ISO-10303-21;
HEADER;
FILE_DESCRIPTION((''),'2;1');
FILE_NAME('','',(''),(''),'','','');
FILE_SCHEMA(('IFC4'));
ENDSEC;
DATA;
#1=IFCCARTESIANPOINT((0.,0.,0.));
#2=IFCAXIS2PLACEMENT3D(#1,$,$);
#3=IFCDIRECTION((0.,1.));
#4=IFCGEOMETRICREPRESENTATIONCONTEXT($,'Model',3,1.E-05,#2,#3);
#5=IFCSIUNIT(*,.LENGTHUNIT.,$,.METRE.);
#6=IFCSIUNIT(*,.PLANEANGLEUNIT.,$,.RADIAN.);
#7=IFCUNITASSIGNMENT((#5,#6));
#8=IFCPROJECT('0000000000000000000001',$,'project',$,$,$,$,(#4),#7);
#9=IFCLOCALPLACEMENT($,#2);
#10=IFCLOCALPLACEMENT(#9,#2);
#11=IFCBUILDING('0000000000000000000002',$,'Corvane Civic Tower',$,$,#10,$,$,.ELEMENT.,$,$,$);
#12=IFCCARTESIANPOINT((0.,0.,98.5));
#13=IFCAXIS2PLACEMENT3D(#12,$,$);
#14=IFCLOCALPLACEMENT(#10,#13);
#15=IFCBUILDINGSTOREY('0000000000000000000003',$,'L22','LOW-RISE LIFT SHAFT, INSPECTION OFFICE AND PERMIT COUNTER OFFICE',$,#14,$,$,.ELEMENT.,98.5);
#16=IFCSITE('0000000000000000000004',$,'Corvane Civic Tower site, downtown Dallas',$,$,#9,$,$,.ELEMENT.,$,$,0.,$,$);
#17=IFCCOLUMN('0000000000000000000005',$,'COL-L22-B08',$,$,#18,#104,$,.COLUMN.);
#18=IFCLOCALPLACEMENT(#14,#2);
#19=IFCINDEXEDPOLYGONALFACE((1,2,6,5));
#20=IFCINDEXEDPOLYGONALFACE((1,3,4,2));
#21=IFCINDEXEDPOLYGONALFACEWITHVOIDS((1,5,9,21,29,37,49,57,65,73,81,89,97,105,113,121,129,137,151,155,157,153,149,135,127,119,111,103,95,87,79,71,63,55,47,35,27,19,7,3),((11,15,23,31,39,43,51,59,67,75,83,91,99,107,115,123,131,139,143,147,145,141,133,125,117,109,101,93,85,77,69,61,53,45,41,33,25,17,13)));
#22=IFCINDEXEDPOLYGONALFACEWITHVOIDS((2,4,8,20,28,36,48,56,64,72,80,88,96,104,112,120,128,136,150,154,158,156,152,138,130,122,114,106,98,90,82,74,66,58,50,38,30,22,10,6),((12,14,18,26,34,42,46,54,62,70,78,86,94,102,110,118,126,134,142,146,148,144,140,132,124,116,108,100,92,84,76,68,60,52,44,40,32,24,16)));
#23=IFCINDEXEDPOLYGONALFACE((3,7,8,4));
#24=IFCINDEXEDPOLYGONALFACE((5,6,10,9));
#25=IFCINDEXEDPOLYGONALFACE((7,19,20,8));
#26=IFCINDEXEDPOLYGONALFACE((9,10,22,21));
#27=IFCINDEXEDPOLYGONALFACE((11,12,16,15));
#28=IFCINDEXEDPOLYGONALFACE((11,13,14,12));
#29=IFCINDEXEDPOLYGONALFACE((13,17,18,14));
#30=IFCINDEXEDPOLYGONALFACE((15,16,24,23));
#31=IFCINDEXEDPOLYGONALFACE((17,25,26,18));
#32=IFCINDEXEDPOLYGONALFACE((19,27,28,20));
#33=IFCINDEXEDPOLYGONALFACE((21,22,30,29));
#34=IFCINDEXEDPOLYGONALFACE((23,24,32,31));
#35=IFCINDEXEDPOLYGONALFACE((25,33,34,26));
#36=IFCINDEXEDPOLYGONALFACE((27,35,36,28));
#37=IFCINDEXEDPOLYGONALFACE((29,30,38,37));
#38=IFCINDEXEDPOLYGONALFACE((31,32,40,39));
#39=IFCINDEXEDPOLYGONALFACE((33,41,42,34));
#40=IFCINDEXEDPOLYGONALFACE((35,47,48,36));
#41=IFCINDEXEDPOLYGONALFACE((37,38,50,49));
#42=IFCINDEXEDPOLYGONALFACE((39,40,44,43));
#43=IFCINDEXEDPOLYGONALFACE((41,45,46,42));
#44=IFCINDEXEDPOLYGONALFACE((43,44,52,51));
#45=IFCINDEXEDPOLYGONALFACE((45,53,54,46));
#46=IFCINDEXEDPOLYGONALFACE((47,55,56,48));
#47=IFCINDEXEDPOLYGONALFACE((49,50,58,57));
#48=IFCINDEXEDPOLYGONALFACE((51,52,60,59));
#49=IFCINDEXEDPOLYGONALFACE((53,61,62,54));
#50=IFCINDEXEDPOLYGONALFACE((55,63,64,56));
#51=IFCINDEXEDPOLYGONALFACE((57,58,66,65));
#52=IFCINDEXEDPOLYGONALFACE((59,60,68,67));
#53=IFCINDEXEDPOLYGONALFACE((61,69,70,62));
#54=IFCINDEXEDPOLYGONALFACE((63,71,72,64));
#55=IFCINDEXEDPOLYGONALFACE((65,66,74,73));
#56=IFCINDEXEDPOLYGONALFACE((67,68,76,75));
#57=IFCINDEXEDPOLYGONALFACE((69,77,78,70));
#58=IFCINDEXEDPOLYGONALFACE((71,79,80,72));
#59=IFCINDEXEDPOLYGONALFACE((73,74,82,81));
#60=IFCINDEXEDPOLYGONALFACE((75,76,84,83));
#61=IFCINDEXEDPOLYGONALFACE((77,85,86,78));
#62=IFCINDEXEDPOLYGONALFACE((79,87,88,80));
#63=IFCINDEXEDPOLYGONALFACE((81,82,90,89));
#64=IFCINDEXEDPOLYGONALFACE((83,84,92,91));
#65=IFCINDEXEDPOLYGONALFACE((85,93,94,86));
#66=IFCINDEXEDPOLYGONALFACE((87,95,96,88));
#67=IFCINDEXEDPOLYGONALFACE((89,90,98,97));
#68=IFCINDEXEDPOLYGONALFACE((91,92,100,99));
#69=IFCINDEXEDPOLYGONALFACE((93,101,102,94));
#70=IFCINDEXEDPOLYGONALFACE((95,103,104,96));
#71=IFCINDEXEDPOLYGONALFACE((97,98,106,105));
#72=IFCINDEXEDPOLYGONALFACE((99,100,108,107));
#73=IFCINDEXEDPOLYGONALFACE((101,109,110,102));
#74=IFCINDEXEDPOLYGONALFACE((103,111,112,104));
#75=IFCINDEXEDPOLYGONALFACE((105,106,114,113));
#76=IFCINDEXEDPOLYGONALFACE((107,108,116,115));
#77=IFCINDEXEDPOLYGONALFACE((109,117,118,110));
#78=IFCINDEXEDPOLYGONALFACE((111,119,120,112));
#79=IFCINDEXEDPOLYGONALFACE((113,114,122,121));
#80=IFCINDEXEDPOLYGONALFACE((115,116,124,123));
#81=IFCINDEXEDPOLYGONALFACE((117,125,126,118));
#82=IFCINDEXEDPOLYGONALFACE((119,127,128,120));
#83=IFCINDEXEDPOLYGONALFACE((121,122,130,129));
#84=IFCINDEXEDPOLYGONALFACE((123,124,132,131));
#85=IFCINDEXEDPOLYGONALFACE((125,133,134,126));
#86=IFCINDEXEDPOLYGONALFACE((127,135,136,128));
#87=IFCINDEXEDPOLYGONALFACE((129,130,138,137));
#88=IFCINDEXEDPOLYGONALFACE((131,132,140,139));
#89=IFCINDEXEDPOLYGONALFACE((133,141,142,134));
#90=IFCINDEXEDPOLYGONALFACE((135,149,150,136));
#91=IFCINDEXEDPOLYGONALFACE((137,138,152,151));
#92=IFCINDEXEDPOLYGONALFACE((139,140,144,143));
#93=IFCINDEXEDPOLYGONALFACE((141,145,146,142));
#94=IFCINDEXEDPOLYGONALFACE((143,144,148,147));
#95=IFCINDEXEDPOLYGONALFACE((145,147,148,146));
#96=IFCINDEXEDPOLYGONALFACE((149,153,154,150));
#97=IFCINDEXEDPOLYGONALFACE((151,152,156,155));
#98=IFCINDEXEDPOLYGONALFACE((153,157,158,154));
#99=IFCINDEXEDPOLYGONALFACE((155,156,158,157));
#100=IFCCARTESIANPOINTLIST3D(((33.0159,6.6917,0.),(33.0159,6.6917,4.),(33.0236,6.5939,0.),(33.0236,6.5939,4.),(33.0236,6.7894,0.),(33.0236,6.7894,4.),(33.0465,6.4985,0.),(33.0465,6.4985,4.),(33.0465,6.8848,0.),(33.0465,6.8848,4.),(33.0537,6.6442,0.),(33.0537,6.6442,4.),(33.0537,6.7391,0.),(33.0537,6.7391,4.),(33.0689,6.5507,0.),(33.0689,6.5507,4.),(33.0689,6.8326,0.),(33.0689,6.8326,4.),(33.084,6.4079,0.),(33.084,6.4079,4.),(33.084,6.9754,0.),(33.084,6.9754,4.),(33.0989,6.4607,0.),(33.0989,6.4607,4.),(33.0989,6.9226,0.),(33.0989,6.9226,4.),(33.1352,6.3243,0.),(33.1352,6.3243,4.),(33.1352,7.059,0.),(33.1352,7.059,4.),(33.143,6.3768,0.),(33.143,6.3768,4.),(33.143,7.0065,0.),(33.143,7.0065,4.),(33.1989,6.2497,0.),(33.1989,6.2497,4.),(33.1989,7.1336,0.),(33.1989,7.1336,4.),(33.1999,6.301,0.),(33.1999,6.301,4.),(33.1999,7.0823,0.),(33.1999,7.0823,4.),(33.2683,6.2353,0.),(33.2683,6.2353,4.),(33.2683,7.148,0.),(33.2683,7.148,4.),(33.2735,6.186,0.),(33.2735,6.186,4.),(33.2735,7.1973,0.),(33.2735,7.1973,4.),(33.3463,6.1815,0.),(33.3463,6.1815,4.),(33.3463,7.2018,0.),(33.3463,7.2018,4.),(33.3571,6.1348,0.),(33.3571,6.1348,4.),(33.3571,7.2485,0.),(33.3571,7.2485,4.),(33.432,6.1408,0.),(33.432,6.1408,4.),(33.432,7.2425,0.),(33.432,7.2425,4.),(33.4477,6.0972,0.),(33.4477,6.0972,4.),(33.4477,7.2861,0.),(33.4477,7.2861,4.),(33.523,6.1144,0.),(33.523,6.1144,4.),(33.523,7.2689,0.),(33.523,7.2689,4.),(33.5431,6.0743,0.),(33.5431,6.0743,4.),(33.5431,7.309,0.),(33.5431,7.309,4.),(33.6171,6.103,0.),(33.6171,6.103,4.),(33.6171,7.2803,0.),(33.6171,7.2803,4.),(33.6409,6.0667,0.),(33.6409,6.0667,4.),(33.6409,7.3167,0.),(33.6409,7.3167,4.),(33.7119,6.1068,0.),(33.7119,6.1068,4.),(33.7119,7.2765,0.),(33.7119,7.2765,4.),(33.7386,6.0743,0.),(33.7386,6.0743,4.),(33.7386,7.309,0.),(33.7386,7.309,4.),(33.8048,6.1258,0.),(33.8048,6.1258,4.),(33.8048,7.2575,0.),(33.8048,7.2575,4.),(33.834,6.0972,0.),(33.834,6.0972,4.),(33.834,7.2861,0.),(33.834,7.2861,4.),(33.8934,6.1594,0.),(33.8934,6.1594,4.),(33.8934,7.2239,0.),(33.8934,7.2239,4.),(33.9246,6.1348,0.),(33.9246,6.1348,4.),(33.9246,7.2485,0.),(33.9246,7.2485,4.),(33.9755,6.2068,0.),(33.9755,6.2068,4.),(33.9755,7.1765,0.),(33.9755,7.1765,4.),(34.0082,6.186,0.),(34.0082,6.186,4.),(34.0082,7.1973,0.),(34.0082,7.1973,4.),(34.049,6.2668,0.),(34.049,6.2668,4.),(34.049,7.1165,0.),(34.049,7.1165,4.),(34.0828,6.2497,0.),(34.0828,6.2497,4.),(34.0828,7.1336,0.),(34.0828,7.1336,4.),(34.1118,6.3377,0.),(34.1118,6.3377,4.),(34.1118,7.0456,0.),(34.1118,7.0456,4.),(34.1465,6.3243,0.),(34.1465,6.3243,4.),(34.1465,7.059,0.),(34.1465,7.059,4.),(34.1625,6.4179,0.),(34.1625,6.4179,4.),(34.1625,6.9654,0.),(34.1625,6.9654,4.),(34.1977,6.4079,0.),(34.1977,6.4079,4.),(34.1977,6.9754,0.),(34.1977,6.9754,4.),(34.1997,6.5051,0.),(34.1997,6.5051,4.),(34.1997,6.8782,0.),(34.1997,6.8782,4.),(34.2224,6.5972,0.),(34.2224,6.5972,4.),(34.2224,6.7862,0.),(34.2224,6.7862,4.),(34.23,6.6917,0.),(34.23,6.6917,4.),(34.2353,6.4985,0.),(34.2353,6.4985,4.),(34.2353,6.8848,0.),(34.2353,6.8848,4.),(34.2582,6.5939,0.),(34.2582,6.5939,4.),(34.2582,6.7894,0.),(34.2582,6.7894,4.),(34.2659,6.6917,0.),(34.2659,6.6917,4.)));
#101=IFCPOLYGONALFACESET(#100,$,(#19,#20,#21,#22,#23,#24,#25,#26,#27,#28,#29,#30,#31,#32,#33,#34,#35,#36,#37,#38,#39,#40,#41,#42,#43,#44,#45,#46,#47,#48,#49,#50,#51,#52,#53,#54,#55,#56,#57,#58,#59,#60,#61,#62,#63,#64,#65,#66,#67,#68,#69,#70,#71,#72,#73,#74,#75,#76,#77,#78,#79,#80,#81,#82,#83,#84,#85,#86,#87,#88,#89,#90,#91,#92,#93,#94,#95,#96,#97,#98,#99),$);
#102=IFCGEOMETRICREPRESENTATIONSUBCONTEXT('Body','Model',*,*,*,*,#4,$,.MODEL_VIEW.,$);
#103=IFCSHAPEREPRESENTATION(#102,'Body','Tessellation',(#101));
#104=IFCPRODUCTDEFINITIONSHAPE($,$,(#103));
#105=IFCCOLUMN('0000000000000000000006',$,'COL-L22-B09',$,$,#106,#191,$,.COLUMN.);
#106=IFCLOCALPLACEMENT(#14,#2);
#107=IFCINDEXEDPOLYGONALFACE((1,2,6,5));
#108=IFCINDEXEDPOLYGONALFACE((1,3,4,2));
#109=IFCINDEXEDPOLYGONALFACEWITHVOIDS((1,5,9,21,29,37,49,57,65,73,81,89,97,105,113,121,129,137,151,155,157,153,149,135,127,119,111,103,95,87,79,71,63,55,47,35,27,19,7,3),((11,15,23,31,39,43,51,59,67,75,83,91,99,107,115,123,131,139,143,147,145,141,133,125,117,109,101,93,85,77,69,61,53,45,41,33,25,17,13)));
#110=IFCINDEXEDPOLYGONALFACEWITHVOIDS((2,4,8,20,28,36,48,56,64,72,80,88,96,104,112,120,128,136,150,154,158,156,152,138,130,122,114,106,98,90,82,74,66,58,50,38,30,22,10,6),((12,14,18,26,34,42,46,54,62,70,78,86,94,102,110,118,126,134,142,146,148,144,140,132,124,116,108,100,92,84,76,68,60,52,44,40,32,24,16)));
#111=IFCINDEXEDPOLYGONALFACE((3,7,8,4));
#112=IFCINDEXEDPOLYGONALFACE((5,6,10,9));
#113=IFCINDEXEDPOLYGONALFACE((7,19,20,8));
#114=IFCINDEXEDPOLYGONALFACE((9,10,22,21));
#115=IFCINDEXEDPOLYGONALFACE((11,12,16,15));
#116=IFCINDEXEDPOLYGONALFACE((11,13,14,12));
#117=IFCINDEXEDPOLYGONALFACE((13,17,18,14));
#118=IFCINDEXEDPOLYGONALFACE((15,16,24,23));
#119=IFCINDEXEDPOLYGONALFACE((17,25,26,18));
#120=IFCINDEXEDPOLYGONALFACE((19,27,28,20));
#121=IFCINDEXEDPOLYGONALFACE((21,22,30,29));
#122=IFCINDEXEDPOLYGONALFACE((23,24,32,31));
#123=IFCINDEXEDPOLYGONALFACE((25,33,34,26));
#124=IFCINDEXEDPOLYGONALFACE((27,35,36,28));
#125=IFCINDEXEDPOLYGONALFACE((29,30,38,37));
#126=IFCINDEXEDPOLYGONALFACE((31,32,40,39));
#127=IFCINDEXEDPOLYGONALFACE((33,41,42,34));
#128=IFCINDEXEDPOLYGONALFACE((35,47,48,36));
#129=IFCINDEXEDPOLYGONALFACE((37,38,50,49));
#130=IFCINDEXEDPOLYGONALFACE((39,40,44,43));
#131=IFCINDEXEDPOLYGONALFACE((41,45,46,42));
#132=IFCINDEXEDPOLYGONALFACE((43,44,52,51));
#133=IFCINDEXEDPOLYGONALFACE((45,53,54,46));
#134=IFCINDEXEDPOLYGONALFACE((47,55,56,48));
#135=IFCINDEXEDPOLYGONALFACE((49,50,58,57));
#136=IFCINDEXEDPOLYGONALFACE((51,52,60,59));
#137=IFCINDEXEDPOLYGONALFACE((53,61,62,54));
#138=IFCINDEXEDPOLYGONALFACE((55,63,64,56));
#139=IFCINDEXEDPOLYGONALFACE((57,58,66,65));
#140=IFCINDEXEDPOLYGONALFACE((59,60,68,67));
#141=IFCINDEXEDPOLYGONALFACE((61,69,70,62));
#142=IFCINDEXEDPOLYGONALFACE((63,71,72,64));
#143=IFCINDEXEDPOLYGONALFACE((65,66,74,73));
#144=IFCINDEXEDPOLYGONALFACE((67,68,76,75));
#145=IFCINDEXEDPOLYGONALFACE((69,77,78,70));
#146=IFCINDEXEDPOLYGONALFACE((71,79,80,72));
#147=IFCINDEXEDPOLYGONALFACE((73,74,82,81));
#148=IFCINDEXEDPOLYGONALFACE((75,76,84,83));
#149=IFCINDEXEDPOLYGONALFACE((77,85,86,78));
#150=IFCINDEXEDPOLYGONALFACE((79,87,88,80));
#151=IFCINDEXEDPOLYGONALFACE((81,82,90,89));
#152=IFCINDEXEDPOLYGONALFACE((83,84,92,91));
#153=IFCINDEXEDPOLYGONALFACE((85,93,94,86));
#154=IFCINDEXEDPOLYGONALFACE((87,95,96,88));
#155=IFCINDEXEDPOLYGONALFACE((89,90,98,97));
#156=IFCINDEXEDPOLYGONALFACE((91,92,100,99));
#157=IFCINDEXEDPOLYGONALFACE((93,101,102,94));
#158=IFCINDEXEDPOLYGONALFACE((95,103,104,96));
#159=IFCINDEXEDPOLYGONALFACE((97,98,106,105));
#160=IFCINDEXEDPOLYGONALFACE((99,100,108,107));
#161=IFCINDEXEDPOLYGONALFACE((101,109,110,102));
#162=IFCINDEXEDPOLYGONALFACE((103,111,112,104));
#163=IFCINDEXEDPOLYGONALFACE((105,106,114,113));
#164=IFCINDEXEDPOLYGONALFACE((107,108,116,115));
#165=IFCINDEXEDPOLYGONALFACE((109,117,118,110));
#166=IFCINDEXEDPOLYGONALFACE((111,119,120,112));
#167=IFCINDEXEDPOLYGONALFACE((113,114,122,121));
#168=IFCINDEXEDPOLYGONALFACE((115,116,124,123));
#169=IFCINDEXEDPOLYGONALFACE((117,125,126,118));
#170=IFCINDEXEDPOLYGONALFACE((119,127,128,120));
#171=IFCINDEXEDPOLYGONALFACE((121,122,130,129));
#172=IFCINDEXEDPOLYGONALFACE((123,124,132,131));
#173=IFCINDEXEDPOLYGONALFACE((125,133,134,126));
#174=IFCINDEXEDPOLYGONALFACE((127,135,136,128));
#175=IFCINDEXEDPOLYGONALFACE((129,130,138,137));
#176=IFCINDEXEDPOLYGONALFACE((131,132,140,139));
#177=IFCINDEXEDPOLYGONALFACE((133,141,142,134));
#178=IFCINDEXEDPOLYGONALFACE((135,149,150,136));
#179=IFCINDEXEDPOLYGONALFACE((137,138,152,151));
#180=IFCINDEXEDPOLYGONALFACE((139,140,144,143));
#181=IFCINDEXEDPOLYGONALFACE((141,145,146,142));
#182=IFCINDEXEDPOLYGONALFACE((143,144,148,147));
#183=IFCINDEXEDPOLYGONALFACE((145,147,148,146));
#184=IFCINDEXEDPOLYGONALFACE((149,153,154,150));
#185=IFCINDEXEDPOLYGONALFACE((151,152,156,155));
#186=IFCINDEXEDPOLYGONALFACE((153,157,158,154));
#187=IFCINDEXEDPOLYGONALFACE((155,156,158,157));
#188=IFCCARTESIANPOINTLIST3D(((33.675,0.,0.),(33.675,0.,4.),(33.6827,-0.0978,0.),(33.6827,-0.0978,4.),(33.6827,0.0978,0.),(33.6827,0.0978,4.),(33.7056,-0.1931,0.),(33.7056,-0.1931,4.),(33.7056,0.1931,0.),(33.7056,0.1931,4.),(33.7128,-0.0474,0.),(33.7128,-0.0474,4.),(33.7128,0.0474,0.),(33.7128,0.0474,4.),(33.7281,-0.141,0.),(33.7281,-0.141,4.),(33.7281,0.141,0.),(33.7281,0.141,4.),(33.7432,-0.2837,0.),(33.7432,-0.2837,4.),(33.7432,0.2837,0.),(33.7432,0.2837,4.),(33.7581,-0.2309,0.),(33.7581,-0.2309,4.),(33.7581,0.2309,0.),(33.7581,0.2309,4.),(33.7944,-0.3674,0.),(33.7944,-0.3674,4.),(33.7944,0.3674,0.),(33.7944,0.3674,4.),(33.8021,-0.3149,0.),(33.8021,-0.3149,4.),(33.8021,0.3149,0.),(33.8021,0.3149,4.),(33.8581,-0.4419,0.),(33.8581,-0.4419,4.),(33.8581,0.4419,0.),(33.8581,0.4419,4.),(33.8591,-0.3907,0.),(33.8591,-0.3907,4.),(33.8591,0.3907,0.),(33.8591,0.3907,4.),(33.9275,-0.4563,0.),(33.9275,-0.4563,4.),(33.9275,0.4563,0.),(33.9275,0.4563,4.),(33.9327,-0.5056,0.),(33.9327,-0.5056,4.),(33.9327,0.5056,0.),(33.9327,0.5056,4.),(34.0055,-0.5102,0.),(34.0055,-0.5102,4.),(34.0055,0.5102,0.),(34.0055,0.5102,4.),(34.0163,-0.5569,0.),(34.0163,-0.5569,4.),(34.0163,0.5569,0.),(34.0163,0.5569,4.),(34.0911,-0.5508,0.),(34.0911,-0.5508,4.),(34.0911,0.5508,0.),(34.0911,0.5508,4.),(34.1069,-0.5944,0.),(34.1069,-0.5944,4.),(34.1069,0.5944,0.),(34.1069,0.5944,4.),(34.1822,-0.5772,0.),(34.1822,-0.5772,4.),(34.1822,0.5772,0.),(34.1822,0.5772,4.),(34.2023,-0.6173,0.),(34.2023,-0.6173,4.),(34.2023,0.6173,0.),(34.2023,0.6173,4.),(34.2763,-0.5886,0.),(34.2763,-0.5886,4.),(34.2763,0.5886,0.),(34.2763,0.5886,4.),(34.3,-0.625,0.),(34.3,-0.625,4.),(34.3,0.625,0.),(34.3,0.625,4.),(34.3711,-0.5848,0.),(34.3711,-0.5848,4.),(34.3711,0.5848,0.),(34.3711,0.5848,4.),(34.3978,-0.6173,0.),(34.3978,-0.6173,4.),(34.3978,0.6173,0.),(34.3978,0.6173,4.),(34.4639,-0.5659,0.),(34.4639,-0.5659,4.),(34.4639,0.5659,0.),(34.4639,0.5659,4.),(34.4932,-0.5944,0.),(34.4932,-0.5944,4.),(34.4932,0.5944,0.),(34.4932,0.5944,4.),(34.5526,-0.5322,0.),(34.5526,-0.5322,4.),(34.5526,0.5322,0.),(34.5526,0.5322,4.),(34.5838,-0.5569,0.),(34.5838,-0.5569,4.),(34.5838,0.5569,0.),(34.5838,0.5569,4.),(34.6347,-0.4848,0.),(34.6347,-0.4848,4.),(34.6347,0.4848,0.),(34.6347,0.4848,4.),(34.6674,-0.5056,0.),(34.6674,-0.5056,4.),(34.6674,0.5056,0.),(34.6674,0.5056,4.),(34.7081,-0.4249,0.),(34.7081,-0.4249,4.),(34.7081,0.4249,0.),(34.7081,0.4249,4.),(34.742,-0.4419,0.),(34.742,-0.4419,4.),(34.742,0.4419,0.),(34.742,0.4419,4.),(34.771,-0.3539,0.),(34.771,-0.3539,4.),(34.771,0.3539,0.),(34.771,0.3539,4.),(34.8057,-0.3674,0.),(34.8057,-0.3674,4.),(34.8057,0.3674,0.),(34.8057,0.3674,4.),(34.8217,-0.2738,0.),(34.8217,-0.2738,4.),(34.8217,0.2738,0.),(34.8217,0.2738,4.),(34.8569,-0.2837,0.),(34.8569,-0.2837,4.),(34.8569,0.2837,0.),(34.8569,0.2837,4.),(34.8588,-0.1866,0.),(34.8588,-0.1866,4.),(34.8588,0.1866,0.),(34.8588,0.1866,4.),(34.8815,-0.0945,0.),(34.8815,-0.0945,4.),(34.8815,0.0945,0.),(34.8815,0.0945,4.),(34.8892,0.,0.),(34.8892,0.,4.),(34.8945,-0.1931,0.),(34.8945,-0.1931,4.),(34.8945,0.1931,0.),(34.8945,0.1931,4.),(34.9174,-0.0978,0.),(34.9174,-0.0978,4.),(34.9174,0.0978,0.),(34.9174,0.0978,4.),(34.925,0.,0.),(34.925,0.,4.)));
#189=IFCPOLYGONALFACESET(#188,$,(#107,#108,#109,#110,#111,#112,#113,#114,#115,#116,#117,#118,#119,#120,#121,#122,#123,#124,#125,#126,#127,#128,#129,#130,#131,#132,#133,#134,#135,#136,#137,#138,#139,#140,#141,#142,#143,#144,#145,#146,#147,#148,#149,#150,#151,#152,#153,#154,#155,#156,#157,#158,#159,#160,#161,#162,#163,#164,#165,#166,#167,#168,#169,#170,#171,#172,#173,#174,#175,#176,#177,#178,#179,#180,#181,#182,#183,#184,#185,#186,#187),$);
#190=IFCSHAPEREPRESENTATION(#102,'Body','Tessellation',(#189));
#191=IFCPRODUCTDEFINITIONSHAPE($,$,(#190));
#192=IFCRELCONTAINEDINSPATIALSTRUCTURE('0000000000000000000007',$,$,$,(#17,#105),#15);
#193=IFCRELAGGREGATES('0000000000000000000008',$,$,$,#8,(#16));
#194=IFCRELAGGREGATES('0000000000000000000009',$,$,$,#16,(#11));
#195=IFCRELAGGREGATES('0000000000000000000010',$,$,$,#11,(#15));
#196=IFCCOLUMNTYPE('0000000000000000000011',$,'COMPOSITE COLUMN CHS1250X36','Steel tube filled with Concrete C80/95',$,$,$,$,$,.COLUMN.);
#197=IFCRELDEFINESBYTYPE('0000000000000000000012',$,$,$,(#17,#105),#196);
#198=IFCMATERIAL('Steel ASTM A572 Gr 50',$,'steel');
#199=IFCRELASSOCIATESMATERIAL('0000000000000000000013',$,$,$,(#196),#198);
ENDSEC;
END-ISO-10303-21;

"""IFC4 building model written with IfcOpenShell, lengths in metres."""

from ifc_helpers import new_model, si_unit, direction, frame, origin, origin_2d, place, context, subcontext, project, spatial, hollow_circle, extrude, material, material_profile, profile_set, type_object, element, save


model = new_model("IFC4")

# Units and contexts
model_context = context("Model", 3, precision=1e-05, world=origin(), true_north=direction((0.0, 1.0)))
body_context = subcontext(model_context, "Body", "Model", "MODEL_VIEW")
ifc_project = project(units=[si_unit("LENGTHUNIT", "METRE"), si_unit("PLANEANGLEUNIT", "RADIAN")], contexts=[model_context])

# Site, building, storey
site_placement = place(None, origin())
site = spatial("IfcSite", under=ifc_project, at=site_placement, Name="Corvane Civic Tower site, downtown Dallas", CompositionType="ELEMENT", RefElevation=0.0)
building_placement = place(site_placement, origin())
building = spatial("IfcBuilding", under=site, at=building_placement, Name="Corvane Civic Tower", CompositionType="ELEMENT")
storey_placement = place(building_placement, frame((0.0, 0.0, 98.5)))
storey = spatial("IfcBuildingStorey", under=building, at=storey_placement, Name="L22", Description="LOW-RISE LIFT SHAFT, INSPECTION OFFICE AND PERMIT COUNTER OFFICE", CompositionType="ELEMENT", Elevation=98.5)

# Columns
ifc_material_1 = material(Name="Steel ASTM A572 Gr 50", Category="steel")
ifc_material_profile_1 = material_profile(ifc_material_1, hollow_circle(Radius=0.625, WallThickness=0.0359, at=origin_2d()), Name="CHS1250X36")
ifc_profile_set_1 = profile_set([ifc_material_profile_1], Name="Steel ASTM A572 Gr 50")
column_type = type_object("IfcColumnType", Name="COMPOSITE COLUMN CHS1250X36", Description="Steel tube filled with Concrete C80/95", PredefinedType="COLUMN", material=ifc_profile_set_1)
for number, where, z_axis, x_axis, name in (
    (1, (33.6409, 6.6917, 0.0), (0.0, 0.0, 1.0), (1.0, 0.0, 0.0), "COL-L22-B08"),
    (2, (34.3, 0.0, 0.0), (0.0, 0.0, 1.0), (1.0, 0.0, 0.0), "COL-L22-B09"),
):
    element("IfcColumn", number, at=place(storey_placement, frame(where, z_axis=z_axis, x_axis=x_axis)), inside=storey, type_object=column_type, Name=name, PredefinedType="COLUMN", context=body_context, shape_type="SweptSolid", body=[
        extrude(hollow_circle(Radius=0.625, WallThickness=0.0359, at=origin_2d()), origin(), (0.0, 0.0, 1.0), 4.0),
    ])

save(model, "model.ifc")
